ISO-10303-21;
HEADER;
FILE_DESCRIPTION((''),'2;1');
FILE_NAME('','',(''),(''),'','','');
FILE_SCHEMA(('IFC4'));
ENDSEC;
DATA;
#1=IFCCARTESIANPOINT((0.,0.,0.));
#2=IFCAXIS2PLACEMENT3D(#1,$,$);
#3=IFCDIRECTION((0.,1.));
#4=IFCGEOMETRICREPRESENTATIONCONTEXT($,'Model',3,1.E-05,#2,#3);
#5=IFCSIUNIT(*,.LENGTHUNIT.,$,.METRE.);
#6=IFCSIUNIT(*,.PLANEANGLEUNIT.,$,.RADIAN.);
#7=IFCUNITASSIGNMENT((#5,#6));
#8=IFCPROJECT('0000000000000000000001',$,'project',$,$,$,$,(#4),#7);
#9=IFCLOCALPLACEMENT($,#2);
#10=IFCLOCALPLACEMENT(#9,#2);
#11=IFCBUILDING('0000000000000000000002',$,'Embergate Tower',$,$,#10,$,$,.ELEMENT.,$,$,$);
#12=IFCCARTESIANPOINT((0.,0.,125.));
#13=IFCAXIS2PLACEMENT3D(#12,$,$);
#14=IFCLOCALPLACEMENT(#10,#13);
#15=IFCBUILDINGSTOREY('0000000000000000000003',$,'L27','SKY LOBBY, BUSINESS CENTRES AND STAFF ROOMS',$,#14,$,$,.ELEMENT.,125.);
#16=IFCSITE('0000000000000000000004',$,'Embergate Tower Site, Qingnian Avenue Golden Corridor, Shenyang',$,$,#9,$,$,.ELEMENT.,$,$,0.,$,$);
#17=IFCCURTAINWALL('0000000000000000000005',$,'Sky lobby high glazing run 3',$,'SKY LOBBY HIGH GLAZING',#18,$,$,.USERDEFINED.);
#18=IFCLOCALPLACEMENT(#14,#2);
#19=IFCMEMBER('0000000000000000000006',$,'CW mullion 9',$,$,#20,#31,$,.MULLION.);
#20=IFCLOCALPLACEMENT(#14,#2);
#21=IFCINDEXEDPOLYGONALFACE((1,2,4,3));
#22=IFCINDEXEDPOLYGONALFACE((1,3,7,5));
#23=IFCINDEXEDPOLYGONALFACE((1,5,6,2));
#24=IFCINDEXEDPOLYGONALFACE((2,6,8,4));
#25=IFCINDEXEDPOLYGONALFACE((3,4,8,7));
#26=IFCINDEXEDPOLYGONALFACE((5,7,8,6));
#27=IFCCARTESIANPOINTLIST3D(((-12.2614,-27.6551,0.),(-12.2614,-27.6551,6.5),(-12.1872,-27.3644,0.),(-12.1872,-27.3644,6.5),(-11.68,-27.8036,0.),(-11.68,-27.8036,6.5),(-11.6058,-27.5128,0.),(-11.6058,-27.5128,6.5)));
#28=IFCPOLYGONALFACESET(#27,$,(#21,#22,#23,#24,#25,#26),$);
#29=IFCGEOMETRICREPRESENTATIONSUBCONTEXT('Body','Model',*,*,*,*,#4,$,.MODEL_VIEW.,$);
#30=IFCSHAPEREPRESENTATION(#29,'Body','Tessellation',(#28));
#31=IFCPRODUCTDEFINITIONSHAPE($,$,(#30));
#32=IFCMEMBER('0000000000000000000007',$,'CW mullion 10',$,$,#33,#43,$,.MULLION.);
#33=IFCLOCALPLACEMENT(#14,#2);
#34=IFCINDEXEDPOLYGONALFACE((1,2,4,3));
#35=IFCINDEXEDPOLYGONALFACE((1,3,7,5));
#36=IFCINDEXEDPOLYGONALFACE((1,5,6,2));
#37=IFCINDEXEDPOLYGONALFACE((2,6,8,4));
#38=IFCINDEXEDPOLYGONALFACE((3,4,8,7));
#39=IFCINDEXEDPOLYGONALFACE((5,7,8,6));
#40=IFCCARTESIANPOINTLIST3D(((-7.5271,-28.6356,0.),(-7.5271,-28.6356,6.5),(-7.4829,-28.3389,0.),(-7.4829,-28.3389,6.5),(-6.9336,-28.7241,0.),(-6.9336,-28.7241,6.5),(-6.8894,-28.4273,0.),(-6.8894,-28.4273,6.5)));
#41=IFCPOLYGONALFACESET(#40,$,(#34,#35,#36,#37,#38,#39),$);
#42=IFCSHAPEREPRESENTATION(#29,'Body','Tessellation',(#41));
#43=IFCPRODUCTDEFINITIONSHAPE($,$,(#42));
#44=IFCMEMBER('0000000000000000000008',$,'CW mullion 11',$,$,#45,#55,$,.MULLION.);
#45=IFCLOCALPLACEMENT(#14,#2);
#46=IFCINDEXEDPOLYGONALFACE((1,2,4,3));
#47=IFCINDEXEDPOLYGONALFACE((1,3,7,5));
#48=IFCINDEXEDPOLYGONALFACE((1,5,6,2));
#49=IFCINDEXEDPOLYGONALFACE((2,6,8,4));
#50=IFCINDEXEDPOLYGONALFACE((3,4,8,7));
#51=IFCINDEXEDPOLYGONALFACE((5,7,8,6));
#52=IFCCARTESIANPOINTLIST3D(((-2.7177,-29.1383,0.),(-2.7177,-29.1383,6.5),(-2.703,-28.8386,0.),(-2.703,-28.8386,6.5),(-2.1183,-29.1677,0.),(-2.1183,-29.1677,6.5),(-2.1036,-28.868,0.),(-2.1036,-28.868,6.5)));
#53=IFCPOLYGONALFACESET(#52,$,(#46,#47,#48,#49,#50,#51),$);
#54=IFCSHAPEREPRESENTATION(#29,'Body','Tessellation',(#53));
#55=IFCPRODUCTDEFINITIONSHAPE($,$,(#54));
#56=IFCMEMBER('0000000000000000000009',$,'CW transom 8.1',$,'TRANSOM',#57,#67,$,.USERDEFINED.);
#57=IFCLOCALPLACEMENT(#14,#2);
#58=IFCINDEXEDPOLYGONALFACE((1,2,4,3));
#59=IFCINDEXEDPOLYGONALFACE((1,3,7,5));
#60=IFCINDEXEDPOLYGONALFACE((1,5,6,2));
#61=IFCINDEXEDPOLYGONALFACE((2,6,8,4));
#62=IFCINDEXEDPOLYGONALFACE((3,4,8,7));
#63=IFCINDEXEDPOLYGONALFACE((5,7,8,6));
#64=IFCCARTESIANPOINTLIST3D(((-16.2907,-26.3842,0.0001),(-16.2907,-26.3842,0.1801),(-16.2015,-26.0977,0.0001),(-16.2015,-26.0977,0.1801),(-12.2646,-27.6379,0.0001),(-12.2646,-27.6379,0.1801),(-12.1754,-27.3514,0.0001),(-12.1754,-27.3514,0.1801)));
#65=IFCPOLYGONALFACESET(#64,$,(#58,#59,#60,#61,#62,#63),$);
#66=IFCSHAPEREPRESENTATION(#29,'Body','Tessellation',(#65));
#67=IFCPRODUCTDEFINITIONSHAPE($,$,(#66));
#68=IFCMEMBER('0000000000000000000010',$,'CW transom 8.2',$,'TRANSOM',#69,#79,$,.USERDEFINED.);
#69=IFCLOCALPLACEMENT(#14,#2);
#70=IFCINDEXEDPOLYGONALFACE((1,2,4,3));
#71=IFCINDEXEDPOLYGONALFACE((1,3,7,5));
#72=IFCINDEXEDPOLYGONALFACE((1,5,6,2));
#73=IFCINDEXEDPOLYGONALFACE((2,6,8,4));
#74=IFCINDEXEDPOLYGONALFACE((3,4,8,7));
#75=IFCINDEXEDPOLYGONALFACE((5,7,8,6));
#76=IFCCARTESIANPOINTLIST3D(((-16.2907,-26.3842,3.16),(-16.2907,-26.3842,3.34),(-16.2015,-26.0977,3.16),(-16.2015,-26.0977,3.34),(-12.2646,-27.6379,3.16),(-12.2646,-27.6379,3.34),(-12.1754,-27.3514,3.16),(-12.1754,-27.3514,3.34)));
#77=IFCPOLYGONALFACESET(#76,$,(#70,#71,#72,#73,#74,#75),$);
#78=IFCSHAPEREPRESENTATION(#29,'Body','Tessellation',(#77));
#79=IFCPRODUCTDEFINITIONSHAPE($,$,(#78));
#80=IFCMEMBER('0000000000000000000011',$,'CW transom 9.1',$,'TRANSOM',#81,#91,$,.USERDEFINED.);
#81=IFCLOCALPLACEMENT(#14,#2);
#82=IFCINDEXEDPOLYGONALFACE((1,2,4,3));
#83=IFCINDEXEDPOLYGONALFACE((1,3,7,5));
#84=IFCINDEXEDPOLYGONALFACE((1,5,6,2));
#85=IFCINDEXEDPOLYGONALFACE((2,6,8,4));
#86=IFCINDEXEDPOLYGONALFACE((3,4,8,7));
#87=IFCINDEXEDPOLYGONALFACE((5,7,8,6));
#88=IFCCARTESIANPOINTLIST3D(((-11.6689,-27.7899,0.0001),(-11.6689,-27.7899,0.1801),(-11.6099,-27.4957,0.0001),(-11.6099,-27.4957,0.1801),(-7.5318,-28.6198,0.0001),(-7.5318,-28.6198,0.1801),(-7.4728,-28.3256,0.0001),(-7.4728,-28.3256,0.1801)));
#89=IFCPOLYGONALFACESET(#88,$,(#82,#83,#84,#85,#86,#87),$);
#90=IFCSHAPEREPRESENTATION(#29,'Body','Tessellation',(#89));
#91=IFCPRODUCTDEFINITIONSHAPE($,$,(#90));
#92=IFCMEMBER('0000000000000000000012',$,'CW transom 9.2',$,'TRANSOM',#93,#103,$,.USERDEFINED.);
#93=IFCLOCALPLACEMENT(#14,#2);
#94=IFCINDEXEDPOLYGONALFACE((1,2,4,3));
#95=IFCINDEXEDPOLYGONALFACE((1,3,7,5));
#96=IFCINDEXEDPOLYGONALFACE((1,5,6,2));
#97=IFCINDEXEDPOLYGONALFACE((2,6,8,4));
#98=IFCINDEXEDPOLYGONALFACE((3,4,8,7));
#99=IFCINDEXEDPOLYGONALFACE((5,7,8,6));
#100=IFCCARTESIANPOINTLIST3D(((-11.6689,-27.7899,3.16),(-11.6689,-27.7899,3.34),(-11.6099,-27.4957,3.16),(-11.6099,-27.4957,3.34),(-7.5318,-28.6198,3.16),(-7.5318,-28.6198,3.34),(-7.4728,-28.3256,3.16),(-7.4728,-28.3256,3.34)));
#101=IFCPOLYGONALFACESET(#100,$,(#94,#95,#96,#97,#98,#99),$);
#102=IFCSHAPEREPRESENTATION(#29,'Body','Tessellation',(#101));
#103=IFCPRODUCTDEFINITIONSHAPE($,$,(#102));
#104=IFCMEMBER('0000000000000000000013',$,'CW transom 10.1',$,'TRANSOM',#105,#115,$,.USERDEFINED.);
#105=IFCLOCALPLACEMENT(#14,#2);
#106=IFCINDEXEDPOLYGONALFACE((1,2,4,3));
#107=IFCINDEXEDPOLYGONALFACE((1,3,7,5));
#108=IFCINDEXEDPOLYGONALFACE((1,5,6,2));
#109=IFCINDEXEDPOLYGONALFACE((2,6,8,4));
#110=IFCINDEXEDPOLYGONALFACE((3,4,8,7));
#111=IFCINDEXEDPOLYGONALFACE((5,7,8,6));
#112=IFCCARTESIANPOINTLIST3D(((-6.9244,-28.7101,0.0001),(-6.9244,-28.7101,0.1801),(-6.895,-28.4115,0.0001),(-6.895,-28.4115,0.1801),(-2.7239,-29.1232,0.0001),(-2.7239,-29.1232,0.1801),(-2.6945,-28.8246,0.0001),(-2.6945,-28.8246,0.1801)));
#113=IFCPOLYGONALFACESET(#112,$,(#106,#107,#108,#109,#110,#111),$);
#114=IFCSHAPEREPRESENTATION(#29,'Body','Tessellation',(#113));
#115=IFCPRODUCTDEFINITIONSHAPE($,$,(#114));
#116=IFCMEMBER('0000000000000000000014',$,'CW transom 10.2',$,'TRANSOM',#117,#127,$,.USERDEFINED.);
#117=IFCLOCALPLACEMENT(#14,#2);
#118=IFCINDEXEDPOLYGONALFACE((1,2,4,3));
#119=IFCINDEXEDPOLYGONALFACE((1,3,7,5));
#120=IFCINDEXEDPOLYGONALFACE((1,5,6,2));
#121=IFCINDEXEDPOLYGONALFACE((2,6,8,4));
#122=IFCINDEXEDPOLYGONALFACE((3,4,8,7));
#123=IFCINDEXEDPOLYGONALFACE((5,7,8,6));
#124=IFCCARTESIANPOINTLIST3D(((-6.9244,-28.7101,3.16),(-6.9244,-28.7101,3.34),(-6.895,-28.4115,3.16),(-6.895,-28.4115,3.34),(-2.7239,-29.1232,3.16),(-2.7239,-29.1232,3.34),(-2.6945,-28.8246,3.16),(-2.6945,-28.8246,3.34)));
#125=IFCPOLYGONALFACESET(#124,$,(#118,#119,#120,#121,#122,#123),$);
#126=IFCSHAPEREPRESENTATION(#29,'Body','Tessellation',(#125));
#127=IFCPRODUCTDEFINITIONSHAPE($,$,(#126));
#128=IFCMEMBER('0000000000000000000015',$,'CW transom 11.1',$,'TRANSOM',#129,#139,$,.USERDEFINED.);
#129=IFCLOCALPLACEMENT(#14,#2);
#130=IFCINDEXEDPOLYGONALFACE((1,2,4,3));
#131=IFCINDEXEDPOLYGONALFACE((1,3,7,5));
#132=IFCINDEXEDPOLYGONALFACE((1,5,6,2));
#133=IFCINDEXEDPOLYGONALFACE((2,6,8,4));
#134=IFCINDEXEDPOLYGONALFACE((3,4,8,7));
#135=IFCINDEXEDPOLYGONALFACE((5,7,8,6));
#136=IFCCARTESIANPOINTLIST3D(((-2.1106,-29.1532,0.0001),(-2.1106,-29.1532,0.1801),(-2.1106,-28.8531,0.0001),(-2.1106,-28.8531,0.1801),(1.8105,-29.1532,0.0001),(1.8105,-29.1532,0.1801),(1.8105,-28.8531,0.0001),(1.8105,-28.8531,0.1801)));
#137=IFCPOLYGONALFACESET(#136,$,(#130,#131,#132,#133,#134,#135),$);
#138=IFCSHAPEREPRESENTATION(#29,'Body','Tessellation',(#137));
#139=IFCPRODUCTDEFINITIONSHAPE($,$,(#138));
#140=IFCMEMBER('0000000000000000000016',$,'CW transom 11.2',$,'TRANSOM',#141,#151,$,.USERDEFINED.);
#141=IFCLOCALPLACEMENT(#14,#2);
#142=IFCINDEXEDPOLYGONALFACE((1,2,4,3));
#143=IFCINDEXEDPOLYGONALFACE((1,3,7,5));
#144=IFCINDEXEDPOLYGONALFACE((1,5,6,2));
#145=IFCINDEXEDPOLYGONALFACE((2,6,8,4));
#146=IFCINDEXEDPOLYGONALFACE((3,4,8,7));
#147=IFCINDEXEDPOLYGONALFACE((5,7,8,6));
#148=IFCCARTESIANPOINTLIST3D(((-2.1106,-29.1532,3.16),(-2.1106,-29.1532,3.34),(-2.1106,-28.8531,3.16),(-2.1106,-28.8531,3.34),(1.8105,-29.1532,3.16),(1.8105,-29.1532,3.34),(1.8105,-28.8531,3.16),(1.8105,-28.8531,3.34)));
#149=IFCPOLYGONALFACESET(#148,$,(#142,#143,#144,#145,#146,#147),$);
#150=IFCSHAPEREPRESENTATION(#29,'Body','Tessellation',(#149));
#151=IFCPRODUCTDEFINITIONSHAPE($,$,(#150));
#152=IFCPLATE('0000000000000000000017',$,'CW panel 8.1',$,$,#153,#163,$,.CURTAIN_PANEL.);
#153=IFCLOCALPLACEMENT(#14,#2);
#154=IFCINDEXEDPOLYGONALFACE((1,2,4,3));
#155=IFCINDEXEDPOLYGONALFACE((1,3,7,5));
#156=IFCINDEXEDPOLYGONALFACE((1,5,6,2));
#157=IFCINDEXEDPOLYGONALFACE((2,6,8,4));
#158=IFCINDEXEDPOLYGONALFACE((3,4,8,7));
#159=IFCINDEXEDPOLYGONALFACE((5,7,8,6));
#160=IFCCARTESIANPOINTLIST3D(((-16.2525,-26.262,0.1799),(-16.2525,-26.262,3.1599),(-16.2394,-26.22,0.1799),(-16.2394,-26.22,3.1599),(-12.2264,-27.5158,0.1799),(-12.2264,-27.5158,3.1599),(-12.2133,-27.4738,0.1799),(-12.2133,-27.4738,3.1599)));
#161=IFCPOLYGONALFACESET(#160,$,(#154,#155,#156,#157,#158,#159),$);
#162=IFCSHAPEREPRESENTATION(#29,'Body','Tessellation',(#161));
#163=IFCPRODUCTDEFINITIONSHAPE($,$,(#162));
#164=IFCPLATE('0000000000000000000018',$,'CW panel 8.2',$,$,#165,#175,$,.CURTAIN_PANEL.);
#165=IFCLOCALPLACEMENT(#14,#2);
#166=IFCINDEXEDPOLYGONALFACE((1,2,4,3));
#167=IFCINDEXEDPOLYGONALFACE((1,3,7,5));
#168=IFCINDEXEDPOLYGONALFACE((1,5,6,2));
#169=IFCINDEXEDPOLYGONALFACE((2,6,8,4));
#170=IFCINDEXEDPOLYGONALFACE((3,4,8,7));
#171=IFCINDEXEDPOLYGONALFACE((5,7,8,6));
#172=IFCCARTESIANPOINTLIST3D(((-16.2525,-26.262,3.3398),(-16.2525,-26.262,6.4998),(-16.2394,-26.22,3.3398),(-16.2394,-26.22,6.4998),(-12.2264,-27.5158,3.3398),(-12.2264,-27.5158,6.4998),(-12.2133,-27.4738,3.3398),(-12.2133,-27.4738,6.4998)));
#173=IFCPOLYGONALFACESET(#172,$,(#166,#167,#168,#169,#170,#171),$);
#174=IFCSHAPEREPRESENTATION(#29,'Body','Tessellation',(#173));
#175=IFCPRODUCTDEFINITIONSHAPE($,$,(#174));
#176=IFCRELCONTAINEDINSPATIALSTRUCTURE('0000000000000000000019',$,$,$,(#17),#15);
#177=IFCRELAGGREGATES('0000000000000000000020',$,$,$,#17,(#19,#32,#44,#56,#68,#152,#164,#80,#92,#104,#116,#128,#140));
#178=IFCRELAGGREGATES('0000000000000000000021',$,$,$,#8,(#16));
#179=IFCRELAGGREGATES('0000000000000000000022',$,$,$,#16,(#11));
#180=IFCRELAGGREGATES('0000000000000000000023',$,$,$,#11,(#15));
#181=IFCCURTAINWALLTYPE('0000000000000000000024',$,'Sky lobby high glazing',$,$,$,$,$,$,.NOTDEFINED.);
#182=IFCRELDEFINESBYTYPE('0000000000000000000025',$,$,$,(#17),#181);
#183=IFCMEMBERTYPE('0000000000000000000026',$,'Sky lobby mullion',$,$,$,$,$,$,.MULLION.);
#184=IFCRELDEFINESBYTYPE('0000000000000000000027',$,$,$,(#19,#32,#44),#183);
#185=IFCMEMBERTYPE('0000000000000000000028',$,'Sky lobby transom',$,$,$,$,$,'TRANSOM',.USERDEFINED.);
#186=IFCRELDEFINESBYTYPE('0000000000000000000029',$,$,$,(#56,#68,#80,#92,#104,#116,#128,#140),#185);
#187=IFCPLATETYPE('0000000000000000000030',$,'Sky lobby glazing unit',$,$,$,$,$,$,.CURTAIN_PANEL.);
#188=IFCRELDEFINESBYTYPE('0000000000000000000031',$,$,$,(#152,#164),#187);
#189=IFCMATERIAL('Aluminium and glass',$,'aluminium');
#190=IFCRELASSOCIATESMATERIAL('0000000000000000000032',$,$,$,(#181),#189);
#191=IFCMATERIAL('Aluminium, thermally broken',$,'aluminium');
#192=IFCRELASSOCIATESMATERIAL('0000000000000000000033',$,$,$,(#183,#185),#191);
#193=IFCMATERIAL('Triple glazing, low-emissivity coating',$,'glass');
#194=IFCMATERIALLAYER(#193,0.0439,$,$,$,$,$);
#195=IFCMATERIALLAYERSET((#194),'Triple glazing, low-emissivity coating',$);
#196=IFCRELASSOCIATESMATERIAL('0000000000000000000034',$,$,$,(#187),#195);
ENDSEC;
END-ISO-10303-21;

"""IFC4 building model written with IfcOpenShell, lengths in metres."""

from ifc_helpers import new_model, si_unit, direction, frame, origin, origin_2d, place, context, subcontext, project, spatial, rectangle, extrude, source, transform, mapped, material, layer, layer_set, material_profile, profile_set, type_object, element, aggregate, save


model = new_model("IFC4")

# Units and contexts
model_context = context("Model", 3, precision=1e-05, world=origin(), true_north=direction((0.0, 1.0)))
body_context = subcontext(model_context, "Body", "Model", "MODEL_VIEW")
ifc_project = project(units=[si_unit("LENGTHUNIT", "METRE"), si_unit("PLANEANGLEUNIT", "RADIAN")], contexts=[model_context])

# Site, building, storey
site_placement = place(None, origin())
site = spatial("IfcSite", under=ifc_project, at=site_placement, Name="Embergate Tower Site, Qingnian Avenue Golden Corridor, Shenyang", CompositionType="ELEMENT", RefElevation=0.0)
building_placement = place(site_placement, origin())
building = spatial("IfcBuilding", under=site, at=building_placement, Name="Embergate Tower", CompositionType="ELEMENT")
storey_placement = place(building_placement, frame((0.0, 0.0, 125.0)))
storey = spatial("IfcBuildingStorey", under=building, at=storey_placement, Name="L27", Description="SKY LOBBY, BUSINESS CENTRES AND STAFF ROOMS", CompositionType="ELEMENT", Elevation=125.0)

# Curtain wall, members
ifc_material_1 = material(Name="Aluminium and glass", Category="aluminium")
curtain_wall_type = type_object("IfcCurtainWallType", Name="Sky lobby high glazing", PredefinedType="NOTDEFINED", material=ifc_material_1)
curtain_wall_placement = place(storey_placement, origin())
curtain_wall = element("IfcCurtainWall", 1, at=curtain_wall_placement, inside=storey, type_object=curtain_wall_type, Name="Sky lobby high glazing run 3", ObjectType="SKY LOBBY HIGH GLAZING", PredefinedType="USERDEFINED")
ifc_material_2 = material(Name="Aluminium, thermally broken", Category="aluminium")
ifc_material_profile_1 = material_profile(ifc_material_2, rectangle(XDim=0.3, YDim=0.6001, at=origin_2d()), Name="AL 600x300")
ifc_profile_set_1 = profile_set([ifc_material_profile_1], Name="Aluminium, thermally broken")
member_type_1 = type_object("IfcMemberType", Name="Sky lobby mullion", PredefinedType="MULLION", material=ifc_profile_set_1)
shared_shape_1 = source(origin(), body_context, "Body", "SweptSolid", [
    extrude(rectangle(XDim=0.3, YDim=0.6001, at=origin_2d()), origin(), (0.0, 0.0, 1.0), 6.5),
])
member_1_placement = place(storey_placement, frame((-11.9336, -27.584, 0.0), z_axis=(0.0, 0.0, 1.0), x_axis=(0.247308, 0.968937, 0.0)))
member_1 = element("IfcMember", 2, at=member_1_placement, type_object=member_type_1, Name="CW mullion 9", PredefinedType="MULLION", context=body_context, shape_type="MappedRepresentation", body=[
    mapped(shared_shape_1, transform((0.0, 0.0, 0.0))),
])
member_2_placement = place(storey_placement, frame((-7.2083, -28.5315, 0.0), z_axis=(0.0, 0.0, 1.0), x_axis=(0.147409, 0.989076, 0.0)))
member_2 = element("IfcMember", 3, at=member_2_placement, type_object=member_type_1, Name="CW mullion 10", PredefinedType="MULLION", context=body_context, shape_type="MappedRepresentation", body=[
    mapped(shared_shape_1, transform((0.0, 0.0, 0.0))),
])
member_3_placement = place(storey_placement, frame((-2.4106, -29.0032, 0.0), z_axis=(0.0, 0.0, 1.0), x_axis=(0.04897, 0.9988, 0.0)))
member_3 = element("IfcMember", 4, at=member_3_placement, type_object=member_type_1, Name="CW mullion 11", PredefinedType="MULLION", context=body_context, shape_type="MappedRepresentation", body=[
    mapped(shared_shape_1, transform((0.0, 0.0, 0.0))),
])
ifc_material_profile_2 = material_profile(ifc_material_2, rectangle(XDim=0.3, YDim=0.1799, at=origin_2d()), Name="AL 180x300")
ifc_profile_set_2 = profile_set([ifc_material_profile_2], Name="Aluminium, thermally broken")
member_type_2 = type_object("IfcMemberType", Name="Sky lobby transom", ElementType="TRANSOM", PredefinedType="USERDEFINED", material=ifc_profile_set_2)
shared_shape_2 = source(origin(), body_context, "Body", "SweptSolid", [
    extrude(rectangle(XDim=0.3, YDim=0.1799, at=origin_2d()), origin(), (0.0, 0.0, 1.0), 4.2168),
])
member_4_placement = place(storey_placement, frame((-16.2461, -26.241, 0.0901), z_axis=(0.954783, -0.297302, 0.0), x_axis=(0.297302, 0.954783, 0.0)))
member_4 = element("IfcMember", 5, at=member_4_placement, type_object=member_type_2, Name="CW transom 8.1", ObjectType="TRANSOM", PredefinedType="USERDEFINED", context=body_context, shape_type="MappedRepresentation", body=[
    mapped(shared_shape_2, transform((0.0, 0.0, 0.0))),
])
member_5_placement = place(storey_placement, frame((-16.2461, -26.241, 3.25), z_axis=(0.954783, -0.297302, 0.0), x_axis=(0.297302, 0.954783, 0.0)))
member_5 = element("IfcMember", 6, at=member_5_placement, type_object=member_type_2, Name="CW transom 8.2", ObjectType="TRANSOM", PredefinedType="USERDEFINED", context=body_context, shape_type="MappedRepresentation", body=[
    mapped(shared_shape_2, transform((0.0, 0.0, 0.0))),
])
shared_shape_3 = source(origin(), body_context, "Body", "SweptSolid", [
    extrude(rectangle(XDim=0.3, YDim=0.1799, at=origin_2d()), origin(), (0.0, 0.0, 1.0), 4.2195),
])
member_6_placement = place(storey_placement, frame((-11.6394, -27.6428, 0.0901), z_axis=(0.980469, -0.196672, 0.0), x_axis=(0.196672, 0.980469, 0.0)))
member_6 = element("IfcMember", 7, at=member_6_placement, type_object=member_type_2, Name="CW transom 9.1", ObjectType="TRANSOM", PredefinedType="USERDEFINED", context=body_context, shape_type="MappedRepresentation", body=[
    mapped(shared_shape_3, transform((0.0, 0.0, 0.0))),
])
member_7_placement = place(storey_placement, frame((-11.6394, -27.6428, 3.25), z_axis=(0.980469, -0.196672, 0.0), x_axis=(0.196672, 0.980469, 0.0)))
member_7 = element("IfcMember", 8, at=member_7_placement, type_object=member_type_2, Name="CW transom 9.2", ObjectType="TRANSOM", PredefinedType="USERDEFINED", context=body_context, shape_type="MappedRepresentation", body=[
    mapped(shared_shape_3, transform((0.0, 0.0, 0.0))),
])
shared_shape_4 = source(origin(), body_context, "Body", "SweptSolid", [
    extrude(rectangle(XDim=0.3, YDim=0.1799, at=origin_2d()), origin(), (0.0, 0.0, 1.0), 4.2207),
])
member_8_placement = place(storey_placement, frame((-6.9097, -28.5608, 0.0901), z_axis=(0.995199, -0.097871, 0.0), x_axis=(0.097871, 0.995199, 0.0)))
member_8 = element("IfcMember", 9, at=member_8_placement, type_object=member_type_2, Name="CW transom 10.1", ObjectType="TRANSOM", PredefinedType="USERDEFINED", context=body_context, shape_type="MappedRepresentation", body=[
    mapped(shared_shape_4, transform((0.0, 0.0, 0.0))),
])
member_9_placement = place(storey_placement, frame((-6.9097, -28.5608, 3.25), z_axis=(0.995199, -0.097871, 0.0), x_axis=(0.097871, 0.995199, 0.0)))
member_9 = element("IfcMember", 10, at=member_9_placement, type_object=member_type_2, Name="CW transom 10.2", ObjectType="TRANSOM", PredefinedType="USERDEFINED", context=body_context, shape_type="MappedRepresentation", body=[
    mapped(shared_shape_4, transform((0.0, 0.0, 0.0))),
])
shared_shape_5 = source(origin(), body_context, "Body", "SweptSolid", [
    extrude(rectangle(XDim=0.3, YDim=0.1799, at=origin_2d()), origin(), (0.0, 0.0, 1.0), 3.9211),
])
member_10_placement = place(storey_placement, frame((-2.1106, -29.0032, 0.0901), z_axis=(1.0, 0.0, 0.0), x_axis=(0.0, 1.0, 0.0)))
member_10 = element("IfcMember", 11, at=member_10_placement, type_object=member_type_2, Name="CW transom 11.1", ObjectType="TRANSOM", PredefinedType="USERDEFINED", context=body_context, shape_type="MappedRepresentation", body=[
    mapped(shared_shape_5, transform((0.0, 0.0, 0.0))),
])
member_11_placement = place(storey_placement, frame((-2.1106, -29.0032, 3.25), z_axis=(1.0, 0.0, 0.0), x_axis=(0.0, 1.0, 0.0)))
member_11 = element("IfcMember", 12, at=member_11_placement, type_object=member_type_2, Name="CW transom 11.2", ObjectType="TRANSOM", PredefinedType="USERDEFINED", context=body_context, shape_type="MappedRepresentation", body=[
    mapped(shared_shape_5, transform((0.0, 0.0, 0.0))),
])

# Plates
ifc_material_3 = material(Name="Triple glazing, low-emissivity coating", Category="glass")
ifc_layer_1 = layer(ifc_material_3, 0.0439)
ifc_layer_set_1 = layer_set([ifc_layer_1], Name="Triple glazing, low-emissivity coating")
plate_type = type_object("IfcPlateType", Name="Sky lobby glazing unit", PredefinedType="CURTAIN_PANEL", material=ifc_layer_set_1)
shared_shape_6 = source(origin(), body_context, "Body", "SweptSolid", [
    extrude(rectangle(XDim=4.2168, YDim=0.0439, at=origin_2d()), origin(), (0.0, 0.0, 1.0), 2.98),
])
plate_1_placement = place(storey_placement, frame((-14.2329, -26.8679, 0.1799), z_axis=(0.0, 0.0, 1.0), x_axis=(0.954773, -0.297337, 0.0)))
plate_1 = element("IfcPlate", 13, at=plate_1_placement, type_object=plate_type, Name="CW panel 8.1", PredefinedType="CURTAIN_PANEL", context=body_context, shape_type="MappedRepresentation", body=[
    mapped(shared_shape_6, transform((0.0, 0.0, 0.0))),
])
shared_shape_7 = source(origin(), body_context, "Body", "SweptSolid", [
    extrude(rectangle(XDim=4.2168, YDim=0.0439, at=origin_2d()), origin(), (0.0, 0.0, 1.0), 3.1599),
])
plate_2_placement = place(storey_placement, frame((-14.2329, -26.8679, 3.3398), z_axis=(0.0, 0.0, 1.0), x_axis=(0.954773, -0.297337, 0.0)))
plate_2 = element("IfcPlate", 14, at=plate_2_placement, type_object=plate_type, Name="CW panel 8.2", PredefinedType="CURTAIN_PANEL", context=body_context, shape_type="MappedRepresentation", body=[
    mapped(shared_shape_7, transform((0.0, 0.0, 0.0))),
])
aggregate(curtain_wall, [member_1, member_2, member_3, member_4, member_5, plate_1, plate_2, member_6, member_7, member_8, member_9, member_10, member_11])

save(model, "model.ifc")
